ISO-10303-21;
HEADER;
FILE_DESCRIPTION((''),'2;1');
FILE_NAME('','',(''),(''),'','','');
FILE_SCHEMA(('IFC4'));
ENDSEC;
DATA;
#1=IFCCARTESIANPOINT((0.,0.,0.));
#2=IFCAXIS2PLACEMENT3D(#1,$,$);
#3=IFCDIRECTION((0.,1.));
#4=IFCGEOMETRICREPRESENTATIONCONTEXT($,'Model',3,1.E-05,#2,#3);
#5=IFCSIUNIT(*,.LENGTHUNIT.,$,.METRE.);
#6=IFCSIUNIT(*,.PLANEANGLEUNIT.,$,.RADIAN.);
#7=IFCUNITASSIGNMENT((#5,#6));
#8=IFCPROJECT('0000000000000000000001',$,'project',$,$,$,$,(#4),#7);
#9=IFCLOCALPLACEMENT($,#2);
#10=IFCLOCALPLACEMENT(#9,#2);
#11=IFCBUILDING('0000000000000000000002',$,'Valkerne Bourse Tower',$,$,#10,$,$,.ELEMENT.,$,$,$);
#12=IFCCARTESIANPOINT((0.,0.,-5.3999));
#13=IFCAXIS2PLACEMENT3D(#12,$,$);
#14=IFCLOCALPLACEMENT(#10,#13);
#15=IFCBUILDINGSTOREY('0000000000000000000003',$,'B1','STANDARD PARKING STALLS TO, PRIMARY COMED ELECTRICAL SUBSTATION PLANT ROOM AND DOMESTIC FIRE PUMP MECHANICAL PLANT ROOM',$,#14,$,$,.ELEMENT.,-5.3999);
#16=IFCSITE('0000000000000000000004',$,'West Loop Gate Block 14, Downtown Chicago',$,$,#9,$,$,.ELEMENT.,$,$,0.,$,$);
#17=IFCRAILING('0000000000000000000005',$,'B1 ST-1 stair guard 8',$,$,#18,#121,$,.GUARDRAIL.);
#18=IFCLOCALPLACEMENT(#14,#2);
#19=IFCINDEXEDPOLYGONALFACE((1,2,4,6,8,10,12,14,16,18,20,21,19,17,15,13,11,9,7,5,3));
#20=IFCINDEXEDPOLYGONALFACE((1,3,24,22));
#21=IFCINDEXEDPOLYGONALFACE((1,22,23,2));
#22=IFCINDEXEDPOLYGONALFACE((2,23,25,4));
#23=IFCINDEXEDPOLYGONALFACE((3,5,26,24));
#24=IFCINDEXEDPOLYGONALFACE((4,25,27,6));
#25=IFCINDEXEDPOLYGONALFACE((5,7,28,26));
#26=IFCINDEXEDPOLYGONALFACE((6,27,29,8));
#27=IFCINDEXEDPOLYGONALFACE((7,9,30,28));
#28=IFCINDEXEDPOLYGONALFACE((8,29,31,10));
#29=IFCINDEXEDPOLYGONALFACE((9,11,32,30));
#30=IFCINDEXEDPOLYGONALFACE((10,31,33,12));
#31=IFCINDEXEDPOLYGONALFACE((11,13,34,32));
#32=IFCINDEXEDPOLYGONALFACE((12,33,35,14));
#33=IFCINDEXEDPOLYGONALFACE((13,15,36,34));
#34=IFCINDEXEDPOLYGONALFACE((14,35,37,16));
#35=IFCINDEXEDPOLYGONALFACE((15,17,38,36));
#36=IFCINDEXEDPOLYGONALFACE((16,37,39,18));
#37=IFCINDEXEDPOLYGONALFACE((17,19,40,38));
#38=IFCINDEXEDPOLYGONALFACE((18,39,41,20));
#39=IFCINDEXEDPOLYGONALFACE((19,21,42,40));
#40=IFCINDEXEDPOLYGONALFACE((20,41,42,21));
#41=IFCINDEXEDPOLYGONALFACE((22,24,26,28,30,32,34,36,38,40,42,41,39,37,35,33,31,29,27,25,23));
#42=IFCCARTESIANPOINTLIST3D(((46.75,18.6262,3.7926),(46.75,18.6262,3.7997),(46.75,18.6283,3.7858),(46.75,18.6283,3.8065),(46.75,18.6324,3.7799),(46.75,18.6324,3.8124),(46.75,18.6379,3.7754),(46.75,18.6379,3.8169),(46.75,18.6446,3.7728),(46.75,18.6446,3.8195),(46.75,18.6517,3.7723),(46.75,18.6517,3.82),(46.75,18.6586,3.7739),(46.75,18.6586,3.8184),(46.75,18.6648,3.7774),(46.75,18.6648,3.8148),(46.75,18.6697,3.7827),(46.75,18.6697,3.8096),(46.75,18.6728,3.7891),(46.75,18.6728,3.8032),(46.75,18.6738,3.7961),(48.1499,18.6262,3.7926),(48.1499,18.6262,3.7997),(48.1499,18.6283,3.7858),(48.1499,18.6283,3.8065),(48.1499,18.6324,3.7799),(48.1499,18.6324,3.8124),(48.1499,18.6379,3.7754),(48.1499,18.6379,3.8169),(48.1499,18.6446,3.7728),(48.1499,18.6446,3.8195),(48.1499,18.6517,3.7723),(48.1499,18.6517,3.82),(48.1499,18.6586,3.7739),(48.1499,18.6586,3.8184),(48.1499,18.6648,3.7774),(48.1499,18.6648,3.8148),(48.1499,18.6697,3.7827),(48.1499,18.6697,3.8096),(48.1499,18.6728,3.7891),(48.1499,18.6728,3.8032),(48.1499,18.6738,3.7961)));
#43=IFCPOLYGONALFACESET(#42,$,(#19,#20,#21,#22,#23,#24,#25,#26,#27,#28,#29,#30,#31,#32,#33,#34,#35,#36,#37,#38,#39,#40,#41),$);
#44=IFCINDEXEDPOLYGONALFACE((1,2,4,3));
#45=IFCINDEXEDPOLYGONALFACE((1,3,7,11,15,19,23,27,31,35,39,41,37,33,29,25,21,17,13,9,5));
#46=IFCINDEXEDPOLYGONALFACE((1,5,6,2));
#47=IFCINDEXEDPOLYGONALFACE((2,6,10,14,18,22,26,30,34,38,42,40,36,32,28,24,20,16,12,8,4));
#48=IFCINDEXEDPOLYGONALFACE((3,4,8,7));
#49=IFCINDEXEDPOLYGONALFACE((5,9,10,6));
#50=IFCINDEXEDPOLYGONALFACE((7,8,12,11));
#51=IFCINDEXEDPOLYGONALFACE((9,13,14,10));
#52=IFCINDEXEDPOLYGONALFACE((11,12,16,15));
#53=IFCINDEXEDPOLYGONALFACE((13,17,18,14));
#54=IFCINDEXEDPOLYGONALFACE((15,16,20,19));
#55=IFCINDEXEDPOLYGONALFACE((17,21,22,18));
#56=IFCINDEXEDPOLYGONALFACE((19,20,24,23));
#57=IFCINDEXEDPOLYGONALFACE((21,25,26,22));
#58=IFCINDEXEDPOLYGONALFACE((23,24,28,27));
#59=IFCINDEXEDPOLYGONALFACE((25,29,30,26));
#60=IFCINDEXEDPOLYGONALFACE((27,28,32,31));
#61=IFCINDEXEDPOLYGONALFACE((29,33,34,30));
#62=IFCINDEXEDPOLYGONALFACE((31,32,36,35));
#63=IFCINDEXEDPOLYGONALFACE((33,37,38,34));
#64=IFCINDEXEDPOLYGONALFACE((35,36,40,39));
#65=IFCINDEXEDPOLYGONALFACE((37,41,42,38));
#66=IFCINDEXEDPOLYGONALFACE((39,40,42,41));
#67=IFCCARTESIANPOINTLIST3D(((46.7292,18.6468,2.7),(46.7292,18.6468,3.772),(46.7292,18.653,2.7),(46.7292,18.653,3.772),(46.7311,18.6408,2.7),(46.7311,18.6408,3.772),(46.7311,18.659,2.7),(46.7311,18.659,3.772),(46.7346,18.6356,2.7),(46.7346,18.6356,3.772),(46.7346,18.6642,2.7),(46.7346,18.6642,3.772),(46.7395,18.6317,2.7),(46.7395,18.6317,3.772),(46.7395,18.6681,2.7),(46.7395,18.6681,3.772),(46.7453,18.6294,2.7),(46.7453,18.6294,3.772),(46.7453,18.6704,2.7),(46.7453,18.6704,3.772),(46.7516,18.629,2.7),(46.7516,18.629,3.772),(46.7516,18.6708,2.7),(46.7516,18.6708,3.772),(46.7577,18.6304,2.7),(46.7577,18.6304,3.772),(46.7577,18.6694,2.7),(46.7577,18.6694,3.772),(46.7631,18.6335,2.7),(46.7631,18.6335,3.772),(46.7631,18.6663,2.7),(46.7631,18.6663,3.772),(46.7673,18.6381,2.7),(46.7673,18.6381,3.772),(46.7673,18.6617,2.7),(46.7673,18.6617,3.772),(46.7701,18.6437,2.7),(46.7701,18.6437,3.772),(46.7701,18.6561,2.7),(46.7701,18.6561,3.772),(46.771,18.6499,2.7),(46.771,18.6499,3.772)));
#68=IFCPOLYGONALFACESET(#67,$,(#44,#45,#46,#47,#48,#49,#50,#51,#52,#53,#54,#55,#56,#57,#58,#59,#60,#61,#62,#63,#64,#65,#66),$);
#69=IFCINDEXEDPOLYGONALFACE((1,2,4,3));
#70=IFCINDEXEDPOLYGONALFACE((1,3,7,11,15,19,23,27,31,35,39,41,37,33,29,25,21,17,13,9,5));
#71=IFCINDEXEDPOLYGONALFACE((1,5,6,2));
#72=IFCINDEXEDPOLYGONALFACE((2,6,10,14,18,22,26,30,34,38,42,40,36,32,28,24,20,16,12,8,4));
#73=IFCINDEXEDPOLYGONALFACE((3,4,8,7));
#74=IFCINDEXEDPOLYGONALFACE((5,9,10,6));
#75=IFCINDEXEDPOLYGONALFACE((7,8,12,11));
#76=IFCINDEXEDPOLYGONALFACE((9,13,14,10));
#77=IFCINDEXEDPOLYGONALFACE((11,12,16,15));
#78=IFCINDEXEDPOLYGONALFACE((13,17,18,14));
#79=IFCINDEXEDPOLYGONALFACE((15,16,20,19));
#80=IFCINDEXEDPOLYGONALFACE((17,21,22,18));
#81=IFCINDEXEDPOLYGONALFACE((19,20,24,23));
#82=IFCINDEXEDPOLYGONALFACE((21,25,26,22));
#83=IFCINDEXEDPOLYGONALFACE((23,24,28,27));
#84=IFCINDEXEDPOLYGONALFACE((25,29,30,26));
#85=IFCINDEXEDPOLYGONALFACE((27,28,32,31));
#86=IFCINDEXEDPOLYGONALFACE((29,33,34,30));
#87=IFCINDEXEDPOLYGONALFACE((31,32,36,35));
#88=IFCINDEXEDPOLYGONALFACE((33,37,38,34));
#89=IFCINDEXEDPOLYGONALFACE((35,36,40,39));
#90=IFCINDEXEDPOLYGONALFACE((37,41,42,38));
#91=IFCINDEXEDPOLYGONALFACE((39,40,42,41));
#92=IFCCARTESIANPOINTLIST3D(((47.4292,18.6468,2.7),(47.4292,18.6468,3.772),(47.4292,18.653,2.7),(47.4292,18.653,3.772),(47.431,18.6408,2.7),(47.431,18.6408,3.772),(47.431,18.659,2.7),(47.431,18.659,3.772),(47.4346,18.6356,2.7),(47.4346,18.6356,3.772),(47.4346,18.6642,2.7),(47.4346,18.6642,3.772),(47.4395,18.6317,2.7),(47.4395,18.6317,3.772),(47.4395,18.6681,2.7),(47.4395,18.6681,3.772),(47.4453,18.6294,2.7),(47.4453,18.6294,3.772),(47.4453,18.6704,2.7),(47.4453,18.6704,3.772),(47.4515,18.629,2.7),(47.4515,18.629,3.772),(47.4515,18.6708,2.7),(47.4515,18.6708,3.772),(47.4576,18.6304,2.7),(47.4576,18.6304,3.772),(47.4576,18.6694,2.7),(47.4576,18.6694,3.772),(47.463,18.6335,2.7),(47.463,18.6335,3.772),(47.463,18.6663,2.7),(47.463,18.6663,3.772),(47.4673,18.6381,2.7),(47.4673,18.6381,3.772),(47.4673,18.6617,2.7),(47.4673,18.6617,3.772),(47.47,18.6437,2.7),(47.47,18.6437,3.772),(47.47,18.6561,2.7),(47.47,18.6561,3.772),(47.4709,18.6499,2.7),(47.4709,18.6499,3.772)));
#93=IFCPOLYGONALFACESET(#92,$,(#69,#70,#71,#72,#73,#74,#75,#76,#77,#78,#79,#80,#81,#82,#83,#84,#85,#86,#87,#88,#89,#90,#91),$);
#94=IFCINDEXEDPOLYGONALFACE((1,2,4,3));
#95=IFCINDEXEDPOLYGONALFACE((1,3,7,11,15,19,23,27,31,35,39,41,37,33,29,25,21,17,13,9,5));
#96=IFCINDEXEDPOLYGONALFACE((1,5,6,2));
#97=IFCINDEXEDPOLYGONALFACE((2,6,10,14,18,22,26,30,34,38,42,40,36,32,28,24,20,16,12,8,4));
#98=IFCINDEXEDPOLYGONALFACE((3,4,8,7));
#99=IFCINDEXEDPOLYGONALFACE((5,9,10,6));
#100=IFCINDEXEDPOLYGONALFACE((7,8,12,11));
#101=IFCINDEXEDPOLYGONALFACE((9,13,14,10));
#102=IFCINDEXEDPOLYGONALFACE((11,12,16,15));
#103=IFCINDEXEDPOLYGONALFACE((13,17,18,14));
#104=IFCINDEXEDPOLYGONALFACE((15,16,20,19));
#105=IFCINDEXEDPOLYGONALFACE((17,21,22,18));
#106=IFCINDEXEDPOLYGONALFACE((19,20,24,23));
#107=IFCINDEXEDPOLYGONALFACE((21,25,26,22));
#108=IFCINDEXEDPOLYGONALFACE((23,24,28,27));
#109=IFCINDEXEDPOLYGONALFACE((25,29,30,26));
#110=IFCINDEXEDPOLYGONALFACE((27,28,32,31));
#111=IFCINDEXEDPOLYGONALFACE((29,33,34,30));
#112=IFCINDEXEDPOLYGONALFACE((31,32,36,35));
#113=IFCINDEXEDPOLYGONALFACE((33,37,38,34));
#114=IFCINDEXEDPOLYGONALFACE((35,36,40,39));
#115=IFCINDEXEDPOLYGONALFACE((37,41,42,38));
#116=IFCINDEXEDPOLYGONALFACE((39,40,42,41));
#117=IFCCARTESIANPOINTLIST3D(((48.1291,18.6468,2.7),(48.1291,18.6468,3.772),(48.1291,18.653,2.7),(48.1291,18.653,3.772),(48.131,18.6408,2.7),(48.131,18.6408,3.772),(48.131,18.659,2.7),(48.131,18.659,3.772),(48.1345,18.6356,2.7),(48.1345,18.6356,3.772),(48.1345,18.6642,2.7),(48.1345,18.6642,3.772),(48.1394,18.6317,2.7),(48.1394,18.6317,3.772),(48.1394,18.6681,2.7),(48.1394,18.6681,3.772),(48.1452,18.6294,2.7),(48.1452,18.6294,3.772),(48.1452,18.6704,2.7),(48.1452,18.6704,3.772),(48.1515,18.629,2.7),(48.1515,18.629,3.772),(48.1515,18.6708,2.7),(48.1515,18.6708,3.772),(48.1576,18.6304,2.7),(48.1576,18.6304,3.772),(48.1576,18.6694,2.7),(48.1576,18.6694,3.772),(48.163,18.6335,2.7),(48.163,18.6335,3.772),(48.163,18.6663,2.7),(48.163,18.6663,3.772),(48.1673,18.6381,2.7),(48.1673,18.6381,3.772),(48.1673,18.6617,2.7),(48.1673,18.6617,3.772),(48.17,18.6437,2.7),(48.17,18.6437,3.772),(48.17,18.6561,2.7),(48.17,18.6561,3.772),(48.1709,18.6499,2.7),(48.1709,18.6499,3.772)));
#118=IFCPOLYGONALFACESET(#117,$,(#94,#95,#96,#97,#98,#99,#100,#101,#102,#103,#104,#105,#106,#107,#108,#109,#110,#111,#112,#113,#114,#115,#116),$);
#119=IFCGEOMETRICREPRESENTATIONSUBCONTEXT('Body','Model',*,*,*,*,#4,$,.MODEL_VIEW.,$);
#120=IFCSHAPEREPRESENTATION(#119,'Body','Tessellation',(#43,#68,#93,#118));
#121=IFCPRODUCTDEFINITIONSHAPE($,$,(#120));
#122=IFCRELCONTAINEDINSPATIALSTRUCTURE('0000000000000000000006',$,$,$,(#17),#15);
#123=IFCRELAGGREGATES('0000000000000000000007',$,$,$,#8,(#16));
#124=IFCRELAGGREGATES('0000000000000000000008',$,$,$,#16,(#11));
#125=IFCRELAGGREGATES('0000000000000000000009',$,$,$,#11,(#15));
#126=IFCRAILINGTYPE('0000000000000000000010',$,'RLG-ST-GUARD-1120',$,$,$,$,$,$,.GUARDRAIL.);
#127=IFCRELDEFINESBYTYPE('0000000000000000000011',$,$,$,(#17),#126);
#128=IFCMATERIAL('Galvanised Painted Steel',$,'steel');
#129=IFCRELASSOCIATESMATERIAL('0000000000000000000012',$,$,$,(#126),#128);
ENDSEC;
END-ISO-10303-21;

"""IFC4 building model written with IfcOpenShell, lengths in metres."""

from ifc_helpers import new_model, si_unit, direction, frame, origin, origin_2d, place, context, subcontext, project, spatial, circle, extrude, material, type_object, element, save


model = new_model("IFC4")

# Units and contexts
model_context = context("Model", 3, precision=1e-05, world=origin(), true_north=direction((0.0, 1.0)))
body_context = subcontext(model_context, "Body", "Model", "MODEL_VIEW")
ifc_project = project(units=[si_unit("LENGTHUNIT", "METRE"), si_unit("PLANEANGLEUNIT", "RADIAN")], contexts=[model_context])

# Site, building, storey
site_placement = place(None, origin())
site = spatial("IfcSite", under=ifc_project, at=site_placement, Name="West Loop Gate Block 14, Downtown Chicago", CompositionType="ELEMENT", RefElevation=0.0)
building_placement = place(site_placement, origin())
building = spatial("IfcBuilding", under=site, at=building_placement, Name="Valkerne Bourse Tower", CompositionType="ELEMENT")
storey_placement = place(building_placement, frame((0.0, 0.0, -5.3999)))
storey = spatial("IfcBuildingStorey", under=building, at=storey_placement, Name="B1", Description="STANDARD PARKING STALLS TO, PRIMARY COMED ELECTRICAL SUBSTATION PLANT ROOM AND DOMESTIC FIRE PUMP MECHANICAL PLANT ROOM", CompositionType="ELEMENT", Elevation=-5.3999)

# Railing
ifc_material_1 = material(Name="Galvanised Painted Steel", Category="steel")
railing_type_1 = type_object("IfcRailingType", Name="RLG-ST-GUARD-1120", PredefinedType="GUARDRAIL", material=ifc_material_1)
railing_1_placement = place(storey_placement, frame((46.75, 18.6499, 2.7)))
element("IfcRailing", 1, at=railing_1_placement, inside=storey, type_object=railing_type_1, Name="B1 ST-1 stair guard 8", PredefinedType="GUARDRAIL", context=body_context, shape_type="SweptSolid", body=[
    extrude(circle(Radius=0.0239, at=origin_2d()), frame((0.0, 0.0, 1.0962), z_axis=(1.0, 0.0, 0.0), x_axis=(0.0, 1.0, 0.0)), (0.0, 0.0, 1.0), 1.3999),
    extrude(circle(Radius=0.021, at=origin_2d()), origin(), (0.0, 0.0, 1.0), 1.072),
    extrude(circle(Radius=0.021, at=origin_2d()), frame((0.7, 0.0, 0.0)), (0.0, 0.0, 1.0), 1.072),
    extrude(circle(Radius=0.021, at=origin_2d()), frame((1.3999, 0.0, 0.0)), (0.0, 0.0, 1.0), 1.072),
])

save(model, "model.ifc")
